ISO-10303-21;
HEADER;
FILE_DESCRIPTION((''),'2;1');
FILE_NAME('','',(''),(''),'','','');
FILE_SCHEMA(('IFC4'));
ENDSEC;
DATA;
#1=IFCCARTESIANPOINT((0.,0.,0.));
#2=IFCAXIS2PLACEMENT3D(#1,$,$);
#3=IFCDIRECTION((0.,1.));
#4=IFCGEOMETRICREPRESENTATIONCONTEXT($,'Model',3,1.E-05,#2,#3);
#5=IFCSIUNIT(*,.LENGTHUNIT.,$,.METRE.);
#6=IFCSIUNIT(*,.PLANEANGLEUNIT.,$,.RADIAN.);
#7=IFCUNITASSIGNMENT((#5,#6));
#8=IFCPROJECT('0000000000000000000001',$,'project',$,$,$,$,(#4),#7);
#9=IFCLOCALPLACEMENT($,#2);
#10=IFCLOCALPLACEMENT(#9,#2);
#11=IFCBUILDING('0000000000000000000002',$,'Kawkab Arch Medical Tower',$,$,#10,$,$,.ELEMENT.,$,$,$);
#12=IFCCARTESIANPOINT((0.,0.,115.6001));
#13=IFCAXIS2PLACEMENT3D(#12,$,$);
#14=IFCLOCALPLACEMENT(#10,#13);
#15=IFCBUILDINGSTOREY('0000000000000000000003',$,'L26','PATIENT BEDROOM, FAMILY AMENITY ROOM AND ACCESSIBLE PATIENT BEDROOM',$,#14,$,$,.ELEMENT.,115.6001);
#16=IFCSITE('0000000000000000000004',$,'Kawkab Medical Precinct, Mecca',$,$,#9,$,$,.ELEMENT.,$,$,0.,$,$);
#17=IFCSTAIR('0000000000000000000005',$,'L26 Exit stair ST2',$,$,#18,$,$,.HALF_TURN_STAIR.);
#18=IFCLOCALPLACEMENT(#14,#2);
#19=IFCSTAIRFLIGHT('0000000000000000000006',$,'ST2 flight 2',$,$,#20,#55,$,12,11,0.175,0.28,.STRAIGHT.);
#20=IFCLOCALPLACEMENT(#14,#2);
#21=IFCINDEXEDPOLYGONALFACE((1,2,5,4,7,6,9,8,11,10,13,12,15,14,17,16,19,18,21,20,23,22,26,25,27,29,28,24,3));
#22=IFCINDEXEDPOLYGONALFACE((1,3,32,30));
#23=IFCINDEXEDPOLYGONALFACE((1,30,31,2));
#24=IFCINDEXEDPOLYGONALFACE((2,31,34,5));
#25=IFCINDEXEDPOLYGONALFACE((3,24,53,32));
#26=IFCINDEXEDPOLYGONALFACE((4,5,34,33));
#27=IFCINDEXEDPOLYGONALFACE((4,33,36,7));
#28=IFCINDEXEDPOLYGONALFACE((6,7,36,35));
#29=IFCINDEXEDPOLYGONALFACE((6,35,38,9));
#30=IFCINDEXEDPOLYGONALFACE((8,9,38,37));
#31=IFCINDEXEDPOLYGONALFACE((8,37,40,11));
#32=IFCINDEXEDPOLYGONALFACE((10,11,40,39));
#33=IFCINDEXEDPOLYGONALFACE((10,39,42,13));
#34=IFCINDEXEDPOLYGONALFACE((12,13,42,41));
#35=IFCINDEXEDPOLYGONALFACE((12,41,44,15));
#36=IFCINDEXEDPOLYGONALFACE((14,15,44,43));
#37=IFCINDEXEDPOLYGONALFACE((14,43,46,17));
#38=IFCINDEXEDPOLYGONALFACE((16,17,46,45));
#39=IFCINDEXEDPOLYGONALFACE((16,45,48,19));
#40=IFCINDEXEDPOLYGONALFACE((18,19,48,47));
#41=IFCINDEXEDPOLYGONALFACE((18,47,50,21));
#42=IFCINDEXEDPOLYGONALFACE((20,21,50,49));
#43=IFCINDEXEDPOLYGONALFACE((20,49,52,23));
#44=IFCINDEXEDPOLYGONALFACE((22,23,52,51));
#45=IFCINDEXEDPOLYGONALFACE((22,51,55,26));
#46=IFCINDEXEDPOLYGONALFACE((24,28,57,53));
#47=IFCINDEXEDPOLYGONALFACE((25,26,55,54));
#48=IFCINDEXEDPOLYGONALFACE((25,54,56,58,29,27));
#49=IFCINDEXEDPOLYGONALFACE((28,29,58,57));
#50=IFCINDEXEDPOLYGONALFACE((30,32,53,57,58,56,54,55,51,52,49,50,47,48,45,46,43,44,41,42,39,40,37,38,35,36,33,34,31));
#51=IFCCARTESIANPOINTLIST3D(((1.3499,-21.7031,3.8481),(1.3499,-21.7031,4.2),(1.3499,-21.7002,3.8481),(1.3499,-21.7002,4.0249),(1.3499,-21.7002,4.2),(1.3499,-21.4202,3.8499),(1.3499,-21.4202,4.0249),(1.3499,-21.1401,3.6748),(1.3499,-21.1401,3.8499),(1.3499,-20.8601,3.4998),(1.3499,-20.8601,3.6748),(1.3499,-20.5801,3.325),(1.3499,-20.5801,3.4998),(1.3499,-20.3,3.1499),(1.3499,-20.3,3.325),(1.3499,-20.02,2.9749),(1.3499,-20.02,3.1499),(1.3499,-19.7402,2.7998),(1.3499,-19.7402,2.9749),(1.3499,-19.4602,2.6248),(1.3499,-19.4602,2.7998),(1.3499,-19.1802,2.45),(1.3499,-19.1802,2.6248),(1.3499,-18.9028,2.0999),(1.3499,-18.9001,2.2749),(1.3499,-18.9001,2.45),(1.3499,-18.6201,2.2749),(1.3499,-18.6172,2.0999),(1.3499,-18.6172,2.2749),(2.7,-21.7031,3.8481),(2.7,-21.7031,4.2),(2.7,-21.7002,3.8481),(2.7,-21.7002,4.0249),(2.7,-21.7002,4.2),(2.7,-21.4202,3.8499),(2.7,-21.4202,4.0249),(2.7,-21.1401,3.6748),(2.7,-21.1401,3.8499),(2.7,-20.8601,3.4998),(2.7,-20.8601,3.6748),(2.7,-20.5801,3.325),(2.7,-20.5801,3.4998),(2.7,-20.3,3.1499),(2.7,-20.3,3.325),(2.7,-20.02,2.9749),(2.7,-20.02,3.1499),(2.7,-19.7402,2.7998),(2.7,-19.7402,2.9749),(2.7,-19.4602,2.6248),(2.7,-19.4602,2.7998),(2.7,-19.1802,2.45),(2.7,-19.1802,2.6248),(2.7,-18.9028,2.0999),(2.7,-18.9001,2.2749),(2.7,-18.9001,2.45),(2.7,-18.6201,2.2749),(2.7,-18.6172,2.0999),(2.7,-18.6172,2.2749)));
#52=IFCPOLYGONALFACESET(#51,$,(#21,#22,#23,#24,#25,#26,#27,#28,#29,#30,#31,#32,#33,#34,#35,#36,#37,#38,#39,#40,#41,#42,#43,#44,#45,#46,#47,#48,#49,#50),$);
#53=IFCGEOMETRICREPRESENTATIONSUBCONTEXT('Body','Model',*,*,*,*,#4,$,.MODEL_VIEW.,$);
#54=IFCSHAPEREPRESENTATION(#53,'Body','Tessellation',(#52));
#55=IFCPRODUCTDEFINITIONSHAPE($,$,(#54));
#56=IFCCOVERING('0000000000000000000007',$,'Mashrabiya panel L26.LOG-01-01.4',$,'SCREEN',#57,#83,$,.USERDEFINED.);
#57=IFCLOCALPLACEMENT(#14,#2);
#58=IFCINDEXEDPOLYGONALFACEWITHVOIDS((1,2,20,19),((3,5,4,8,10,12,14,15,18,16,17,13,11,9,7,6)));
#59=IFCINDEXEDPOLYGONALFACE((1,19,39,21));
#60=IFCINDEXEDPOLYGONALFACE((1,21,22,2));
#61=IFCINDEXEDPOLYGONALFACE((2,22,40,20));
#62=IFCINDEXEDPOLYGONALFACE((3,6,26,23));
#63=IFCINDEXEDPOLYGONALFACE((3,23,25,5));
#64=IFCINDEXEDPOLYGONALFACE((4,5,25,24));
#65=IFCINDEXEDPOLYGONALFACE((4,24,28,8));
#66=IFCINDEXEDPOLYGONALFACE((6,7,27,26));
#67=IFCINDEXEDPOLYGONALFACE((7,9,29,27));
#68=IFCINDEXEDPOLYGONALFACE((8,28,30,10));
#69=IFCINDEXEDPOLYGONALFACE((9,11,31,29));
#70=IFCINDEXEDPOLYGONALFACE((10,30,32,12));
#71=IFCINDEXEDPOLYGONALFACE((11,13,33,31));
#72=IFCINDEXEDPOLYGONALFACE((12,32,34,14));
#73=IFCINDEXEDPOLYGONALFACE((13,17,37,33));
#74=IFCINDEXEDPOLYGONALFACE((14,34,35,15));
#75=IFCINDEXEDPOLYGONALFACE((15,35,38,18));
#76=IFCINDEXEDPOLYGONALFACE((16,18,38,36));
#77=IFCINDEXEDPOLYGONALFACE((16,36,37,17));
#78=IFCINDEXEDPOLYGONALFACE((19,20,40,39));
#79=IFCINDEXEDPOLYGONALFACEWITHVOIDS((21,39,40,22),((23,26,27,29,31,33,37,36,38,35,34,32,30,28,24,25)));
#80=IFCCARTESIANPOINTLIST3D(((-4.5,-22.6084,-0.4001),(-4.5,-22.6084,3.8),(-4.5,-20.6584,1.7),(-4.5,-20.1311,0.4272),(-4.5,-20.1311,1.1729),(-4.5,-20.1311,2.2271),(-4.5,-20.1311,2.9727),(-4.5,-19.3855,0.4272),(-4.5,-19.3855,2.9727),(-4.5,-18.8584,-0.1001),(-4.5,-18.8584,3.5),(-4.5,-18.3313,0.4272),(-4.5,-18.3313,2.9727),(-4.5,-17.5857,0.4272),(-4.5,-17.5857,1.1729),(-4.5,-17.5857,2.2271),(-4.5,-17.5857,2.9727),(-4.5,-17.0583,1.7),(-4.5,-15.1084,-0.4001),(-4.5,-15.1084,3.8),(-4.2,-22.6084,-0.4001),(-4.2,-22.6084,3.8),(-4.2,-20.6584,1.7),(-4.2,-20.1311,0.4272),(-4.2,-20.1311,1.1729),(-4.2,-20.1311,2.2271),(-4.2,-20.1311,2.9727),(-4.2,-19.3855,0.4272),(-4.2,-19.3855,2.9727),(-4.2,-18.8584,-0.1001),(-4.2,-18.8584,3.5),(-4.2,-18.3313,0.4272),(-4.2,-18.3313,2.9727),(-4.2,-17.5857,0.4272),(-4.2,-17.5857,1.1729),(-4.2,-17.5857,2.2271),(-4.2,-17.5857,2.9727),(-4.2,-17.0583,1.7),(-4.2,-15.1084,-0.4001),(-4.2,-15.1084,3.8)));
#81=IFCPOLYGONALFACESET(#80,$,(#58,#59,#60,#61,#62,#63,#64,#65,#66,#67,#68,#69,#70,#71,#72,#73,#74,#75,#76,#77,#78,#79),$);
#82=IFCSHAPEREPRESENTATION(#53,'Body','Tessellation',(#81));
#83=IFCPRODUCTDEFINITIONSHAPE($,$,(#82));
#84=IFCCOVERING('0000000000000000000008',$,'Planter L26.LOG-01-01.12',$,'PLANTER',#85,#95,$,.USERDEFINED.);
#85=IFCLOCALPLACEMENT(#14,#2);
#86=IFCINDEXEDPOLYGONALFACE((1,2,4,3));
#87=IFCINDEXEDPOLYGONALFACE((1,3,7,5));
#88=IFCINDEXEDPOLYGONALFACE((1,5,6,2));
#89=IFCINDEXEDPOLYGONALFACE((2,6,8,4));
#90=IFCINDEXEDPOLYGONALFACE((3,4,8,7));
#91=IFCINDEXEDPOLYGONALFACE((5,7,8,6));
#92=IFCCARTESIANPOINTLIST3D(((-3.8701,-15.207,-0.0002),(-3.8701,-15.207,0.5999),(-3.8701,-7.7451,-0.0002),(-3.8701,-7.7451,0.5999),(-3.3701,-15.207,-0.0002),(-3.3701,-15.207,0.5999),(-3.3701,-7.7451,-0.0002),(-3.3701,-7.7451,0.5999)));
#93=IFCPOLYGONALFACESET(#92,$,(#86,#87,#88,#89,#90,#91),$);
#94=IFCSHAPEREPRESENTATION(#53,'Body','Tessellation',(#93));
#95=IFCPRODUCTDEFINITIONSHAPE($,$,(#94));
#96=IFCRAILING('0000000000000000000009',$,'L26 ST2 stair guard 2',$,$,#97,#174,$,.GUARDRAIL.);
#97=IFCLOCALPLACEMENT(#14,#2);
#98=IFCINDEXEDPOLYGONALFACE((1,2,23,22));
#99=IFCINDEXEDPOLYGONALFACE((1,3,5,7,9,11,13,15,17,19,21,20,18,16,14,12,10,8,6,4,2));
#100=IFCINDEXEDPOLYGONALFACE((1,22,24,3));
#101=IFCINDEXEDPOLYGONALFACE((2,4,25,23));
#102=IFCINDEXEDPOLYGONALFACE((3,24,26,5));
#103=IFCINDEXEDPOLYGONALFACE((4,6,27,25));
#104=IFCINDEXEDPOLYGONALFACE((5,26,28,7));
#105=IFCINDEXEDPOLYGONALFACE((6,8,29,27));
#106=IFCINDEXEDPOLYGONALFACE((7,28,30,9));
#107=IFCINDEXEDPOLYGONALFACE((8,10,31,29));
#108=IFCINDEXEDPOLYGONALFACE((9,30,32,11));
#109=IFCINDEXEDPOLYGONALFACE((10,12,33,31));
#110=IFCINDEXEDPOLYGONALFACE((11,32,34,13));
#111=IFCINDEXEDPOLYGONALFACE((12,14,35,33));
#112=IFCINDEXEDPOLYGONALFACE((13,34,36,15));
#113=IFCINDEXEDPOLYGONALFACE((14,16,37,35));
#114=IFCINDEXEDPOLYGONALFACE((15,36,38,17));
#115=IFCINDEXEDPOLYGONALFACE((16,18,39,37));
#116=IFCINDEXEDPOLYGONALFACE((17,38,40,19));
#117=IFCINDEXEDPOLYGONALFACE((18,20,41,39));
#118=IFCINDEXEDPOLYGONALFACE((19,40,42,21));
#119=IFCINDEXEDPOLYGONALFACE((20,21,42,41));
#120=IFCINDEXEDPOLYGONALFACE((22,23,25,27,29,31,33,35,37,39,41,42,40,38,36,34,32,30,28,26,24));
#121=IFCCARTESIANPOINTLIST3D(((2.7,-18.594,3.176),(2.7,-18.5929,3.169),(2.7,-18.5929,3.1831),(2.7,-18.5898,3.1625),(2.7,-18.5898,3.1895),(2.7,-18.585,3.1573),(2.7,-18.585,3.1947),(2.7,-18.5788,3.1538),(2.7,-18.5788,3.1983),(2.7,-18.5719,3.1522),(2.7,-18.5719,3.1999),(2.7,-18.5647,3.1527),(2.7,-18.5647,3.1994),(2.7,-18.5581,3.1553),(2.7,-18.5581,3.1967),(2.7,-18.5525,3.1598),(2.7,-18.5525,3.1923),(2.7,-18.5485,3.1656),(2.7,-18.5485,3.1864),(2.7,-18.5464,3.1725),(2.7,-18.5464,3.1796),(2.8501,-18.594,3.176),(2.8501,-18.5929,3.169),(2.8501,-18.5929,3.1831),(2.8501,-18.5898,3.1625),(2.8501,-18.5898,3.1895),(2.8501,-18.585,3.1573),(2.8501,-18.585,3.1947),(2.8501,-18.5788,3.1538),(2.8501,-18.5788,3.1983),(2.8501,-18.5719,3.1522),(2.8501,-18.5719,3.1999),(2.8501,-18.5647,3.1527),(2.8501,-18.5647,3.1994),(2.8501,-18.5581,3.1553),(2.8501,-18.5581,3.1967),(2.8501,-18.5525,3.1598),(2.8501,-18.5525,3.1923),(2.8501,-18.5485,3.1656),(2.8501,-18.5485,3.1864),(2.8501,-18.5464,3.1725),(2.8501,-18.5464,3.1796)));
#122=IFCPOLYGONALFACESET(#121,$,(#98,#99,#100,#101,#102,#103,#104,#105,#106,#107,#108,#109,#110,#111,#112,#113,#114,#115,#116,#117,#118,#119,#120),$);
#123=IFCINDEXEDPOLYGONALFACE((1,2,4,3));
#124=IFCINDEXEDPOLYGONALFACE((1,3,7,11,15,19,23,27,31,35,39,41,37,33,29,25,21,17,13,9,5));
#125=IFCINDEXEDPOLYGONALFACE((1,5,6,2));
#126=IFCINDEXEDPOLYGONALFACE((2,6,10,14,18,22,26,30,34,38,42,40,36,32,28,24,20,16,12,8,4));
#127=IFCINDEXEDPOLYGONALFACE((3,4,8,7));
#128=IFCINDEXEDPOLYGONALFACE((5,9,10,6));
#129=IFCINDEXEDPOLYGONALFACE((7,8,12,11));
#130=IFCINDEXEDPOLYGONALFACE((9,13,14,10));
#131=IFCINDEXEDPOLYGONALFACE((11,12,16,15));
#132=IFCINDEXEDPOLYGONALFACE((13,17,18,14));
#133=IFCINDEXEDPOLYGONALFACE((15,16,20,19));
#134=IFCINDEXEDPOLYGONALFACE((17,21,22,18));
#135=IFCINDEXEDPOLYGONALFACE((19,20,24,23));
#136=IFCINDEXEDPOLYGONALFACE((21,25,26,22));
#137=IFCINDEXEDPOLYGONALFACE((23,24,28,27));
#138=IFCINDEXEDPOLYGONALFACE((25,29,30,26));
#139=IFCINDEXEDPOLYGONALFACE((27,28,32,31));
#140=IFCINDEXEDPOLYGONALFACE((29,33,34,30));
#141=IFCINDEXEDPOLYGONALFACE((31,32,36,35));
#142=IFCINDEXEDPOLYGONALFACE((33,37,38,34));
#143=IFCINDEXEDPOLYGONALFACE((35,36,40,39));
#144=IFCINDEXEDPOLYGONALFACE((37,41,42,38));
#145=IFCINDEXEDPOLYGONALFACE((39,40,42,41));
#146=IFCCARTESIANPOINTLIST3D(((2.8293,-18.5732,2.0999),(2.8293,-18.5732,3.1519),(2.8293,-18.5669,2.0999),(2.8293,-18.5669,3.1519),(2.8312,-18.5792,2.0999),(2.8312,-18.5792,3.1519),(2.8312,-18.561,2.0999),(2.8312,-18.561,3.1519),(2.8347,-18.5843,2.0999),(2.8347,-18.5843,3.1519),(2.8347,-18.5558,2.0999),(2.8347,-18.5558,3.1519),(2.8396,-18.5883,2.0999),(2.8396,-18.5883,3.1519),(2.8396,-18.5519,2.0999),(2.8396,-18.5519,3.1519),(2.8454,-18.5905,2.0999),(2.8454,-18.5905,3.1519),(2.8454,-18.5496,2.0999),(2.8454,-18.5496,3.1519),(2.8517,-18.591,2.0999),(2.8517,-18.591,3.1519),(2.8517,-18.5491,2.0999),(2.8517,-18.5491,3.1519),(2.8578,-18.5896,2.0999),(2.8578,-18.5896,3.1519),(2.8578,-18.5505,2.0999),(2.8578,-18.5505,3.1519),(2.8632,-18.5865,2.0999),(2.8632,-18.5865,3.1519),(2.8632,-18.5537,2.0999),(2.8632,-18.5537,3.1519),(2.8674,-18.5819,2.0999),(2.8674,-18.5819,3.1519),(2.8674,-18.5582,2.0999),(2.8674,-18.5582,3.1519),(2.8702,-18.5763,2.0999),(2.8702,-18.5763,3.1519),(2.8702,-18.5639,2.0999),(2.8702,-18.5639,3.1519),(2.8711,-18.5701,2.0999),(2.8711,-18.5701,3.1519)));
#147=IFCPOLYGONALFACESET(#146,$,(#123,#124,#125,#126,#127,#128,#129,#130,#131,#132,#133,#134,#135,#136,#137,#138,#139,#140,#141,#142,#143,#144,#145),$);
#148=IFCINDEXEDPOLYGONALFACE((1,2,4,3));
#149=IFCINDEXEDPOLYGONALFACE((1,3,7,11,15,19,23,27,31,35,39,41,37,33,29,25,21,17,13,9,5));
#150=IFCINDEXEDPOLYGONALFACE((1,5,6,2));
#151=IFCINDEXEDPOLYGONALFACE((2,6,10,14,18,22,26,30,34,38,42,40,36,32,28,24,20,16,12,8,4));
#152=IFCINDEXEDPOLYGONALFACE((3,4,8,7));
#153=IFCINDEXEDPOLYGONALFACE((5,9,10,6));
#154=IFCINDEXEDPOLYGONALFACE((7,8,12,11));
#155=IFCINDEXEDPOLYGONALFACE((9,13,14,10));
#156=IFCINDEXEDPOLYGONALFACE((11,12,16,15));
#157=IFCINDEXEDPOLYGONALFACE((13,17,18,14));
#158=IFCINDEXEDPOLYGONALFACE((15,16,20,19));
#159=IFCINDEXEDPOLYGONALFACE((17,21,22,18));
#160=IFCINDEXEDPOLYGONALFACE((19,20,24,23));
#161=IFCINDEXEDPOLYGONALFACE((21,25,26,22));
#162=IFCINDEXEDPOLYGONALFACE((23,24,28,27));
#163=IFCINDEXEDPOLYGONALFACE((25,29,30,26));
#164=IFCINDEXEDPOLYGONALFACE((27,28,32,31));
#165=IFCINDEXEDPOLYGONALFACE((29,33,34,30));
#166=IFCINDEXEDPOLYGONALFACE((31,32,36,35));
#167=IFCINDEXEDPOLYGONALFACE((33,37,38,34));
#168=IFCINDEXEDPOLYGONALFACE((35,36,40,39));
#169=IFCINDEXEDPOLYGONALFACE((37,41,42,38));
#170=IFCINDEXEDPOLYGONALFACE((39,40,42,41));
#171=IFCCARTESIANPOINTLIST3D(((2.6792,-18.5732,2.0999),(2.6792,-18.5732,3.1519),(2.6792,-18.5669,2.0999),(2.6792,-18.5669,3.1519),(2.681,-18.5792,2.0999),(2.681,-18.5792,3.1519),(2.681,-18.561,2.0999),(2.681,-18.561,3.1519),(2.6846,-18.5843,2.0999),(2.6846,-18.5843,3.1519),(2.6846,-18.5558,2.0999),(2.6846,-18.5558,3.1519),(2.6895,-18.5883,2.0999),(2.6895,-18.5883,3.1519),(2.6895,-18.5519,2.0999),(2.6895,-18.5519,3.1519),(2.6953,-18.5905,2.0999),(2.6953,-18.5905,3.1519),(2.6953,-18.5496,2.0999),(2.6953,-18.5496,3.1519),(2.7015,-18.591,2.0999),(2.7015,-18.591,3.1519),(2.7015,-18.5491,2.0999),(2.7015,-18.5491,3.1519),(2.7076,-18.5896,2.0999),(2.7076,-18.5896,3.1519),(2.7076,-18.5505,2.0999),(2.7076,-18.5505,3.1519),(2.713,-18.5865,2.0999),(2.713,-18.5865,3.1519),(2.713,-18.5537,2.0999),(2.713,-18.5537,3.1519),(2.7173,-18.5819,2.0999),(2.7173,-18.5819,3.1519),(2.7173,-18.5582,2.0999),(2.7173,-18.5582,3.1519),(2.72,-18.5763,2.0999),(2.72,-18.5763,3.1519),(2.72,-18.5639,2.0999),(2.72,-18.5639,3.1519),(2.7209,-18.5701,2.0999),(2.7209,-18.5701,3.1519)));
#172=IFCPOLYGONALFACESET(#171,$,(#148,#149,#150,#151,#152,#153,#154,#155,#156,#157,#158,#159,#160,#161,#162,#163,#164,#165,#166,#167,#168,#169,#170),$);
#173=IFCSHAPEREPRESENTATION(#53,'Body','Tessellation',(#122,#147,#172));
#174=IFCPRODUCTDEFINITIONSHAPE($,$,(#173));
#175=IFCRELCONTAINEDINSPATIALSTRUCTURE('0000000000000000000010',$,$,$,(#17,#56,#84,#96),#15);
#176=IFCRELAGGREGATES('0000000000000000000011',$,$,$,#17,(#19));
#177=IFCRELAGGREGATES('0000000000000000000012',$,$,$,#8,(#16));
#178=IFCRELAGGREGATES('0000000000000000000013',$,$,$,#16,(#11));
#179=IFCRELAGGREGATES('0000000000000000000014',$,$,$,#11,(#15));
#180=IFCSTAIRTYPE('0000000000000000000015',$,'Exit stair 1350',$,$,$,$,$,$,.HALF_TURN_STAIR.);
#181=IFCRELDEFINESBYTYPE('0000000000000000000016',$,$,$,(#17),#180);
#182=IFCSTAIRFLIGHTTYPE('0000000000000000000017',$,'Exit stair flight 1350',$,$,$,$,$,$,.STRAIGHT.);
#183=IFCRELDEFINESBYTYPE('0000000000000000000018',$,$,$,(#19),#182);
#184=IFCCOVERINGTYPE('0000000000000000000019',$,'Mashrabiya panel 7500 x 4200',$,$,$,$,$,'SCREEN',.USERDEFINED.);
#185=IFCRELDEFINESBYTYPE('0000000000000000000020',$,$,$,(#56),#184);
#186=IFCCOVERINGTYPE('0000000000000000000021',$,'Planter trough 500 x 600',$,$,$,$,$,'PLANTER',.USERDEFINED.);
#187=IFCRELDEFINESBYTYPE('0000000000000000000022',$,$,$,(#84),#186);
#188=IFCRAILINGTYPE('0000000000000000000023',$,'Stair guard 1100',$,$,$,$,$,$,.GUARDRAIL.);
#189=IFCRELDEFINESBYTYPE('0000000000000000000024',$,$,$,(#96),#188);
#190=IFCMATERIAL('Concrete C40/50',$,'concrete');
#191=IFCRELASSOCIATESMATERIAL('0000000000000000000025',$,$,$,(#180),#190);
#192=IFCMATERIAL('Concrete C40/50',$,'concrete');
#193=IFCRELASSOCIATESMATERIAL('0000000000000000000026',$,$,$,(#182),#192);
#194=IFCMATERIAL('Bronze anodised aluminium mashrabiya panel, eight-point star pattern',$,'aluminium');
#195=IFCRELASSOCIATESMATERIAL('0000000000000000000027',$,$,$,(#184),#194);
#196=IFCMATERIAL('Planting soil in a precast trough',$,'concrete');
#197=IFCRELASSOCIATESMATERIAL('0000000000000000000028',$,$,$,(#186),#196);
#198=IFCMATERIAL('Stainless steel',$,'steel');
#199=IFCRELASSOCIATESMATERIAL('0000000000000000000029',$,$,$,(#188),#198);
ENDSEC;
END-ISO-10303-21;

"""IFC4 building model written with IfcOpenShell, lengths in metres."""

from ifc_helpers import new_model, si_unit, direction, frame, origin, origin_2d, place, context, subcontext, project, spatial, polyline, rectangle, circle, outline, extrude, material, material_profile, profile_set, type_object, element, aggregate, save


model = new_model("IFC4")

# Units and contexts
model_context = context("Model", 3, precision=1e-05, world=origin(), true_north=direction((0.0, 1.0)))
body_context = subcontext(model_context, "Body", "Model", "MODEL_VIEW")
ifc_project = project(units=[si_unit("LENGTHUNIT", "METRE"), si_unit("PLANEANGLEUNIT", "RADIAN")], contexts=[model_context])

# Site, building, storey
site_placement = place(None, origin())
site = spatial("IfcSite", under=ifc_project, at=site_placement, Name="Kawkab Medical Precinct, Mecca", CompositionType="ELEMENT", RefElevation=0.0)
building_placement = place(site_placement, origin())
building = spatial("IfcBuilding", under=site, at=building_placement, Name="Kawkab Arch Medical Tower", CompositionType="ELEMENT")
storey_placement = place(building_placement, frame((0.0, 0.0, 115.6001)))
storey = spatial("IfcBuildingStorey", under=building, at=storey_placement, Name="L26", Description="PATIENT BEDROOM, FAMILY AMENITY ROOM AND ACCESSIBLE PATIENT BEDROOM", CompositionType="ELEMENT", Elevation=115.6001)

# Shared definitions
placement = place(storey_placement, origin())

# Stair, stair flight
ifc_material_1 = material(Name="Concrete C40/50", Category="concrete")
stair_type = type_object("IfcStairType", Name="Exit stair 1350", PredefinedType="HALF_TURN_STAIR", material=ifc_material_1)
stair = element("IfcStair", 1, at=placement, inside=storey, type_object=stair_type, Name="L26 Exit stair ST2", PredefinedType="HALF_TURN_STAIR")
ifc_material_2 = material(Name="Concrete C40/50", Category="concrete")
stair_flight_type = type_object("IfcStairFlightType", Name="Exit stair flight 1350", PredefinedType="STRAIGHT", material=ifc_material_2)
stair_flight_placement = place(storey_placement, frame((2.0249, -18.6201, 2.0999), z_axis=(0.0, 0.0, 1.0), x_axis=(0.0, -1.0, 0.0)))
stair_flight = element("IfcStairFlight", 2, at=stair_flight_placement, type_object=stair_flight_type, Name="ST2 flight 2", NumberOfRisers=12, NumberOfTreads=11, PredefinedType="STRAIGHT", RiserHeight=0.175, TreadLength=0.28, context=body_context, shape_type="SweptSolid", body=[
    extrude(outline(polyline([(-0.0029, 0.0), (-0.0029, 0.175), (0.0, 0.175), (0.28, 0.175), (0.28, 0.3501), (0.5601, 0.3501), (0.5601, 0.5249), (0.8401, 0.5249), (0.8401, 0.7), (1.1201, 0.7), (1.1201, 0.875), (1.3999, 0.875), (1.3999, 1.05), (1.6799, 1.05), (1.6799, 1.2251), (1.96, 1.2251), (1.96, 1.3999), (2.24, 1.3999), (2.24, 1.575), (2.52, 1.575), (2.52, 1.75), (2.8, 1.75), (2.8, 1.925), (3.0801, 1.925), (3.0801, 2.1001), (3.083, 2.1001), (3.083, 1.7483), (3.0801, 1.7483), (0.2827, 0.0), (-0.0029, 0.0)])), frame((0.0, 0.675, 0.0), z_axis=(0.0, -1.0, 0.0), x_axis=(1.0, 0.0, 0.0)), (0.0, 0.0, 1.0), 1.3501),
])
aggregate(stair, [stair_flight])

# Coverings
ifc_material_3 = material(Name="Bronze anodised aluminium mashrabiya panel, eight-point star pattern", Category="aluminium")
ifc_material_profile_1 = material_profile(ifc_material_3, outline(polyline([(-3.75, -2.1001), (3.75, -2.1001), (3.75, 2.1001), (-3.75, 2.1001), (-3.75, -2.1001)]), holes=[polyline([(1.8, 0.0), (1.2727, 0.5271), (1.2727, 1.2727), (0.5271, 1.2727), (0.0, 1.8), (-0.5271, 1.2727), (-1.2727, 1.2727), (-1.2727, 0.5271), (-1.8, 0.0), (-1.2727, -0.5271), (-1.2727, -1.2727), (-0.5271, -1.2727), (0.0, -1.8), (0.5271, -1.2727), (1.2727, -1.2727), (1.2727, -0.5271), (1.8, 0.0)])]), Name="Mashrabiya panel 7500x4200")
ifc_profile_set_1 = profile_set([ifc_material_profile_1], Name="Bronze anodised aluminium mashrabiya panel, eight-point star pattern")
covering_type_1 = type_object("IfcCoveringType", Name="Mashrabiya panel 7500 x 4200", ElementType="SCREEN", PredefinedType="USERDEFINED", material=ifc_profile_set_1)
covering_1_placement = place(storey_placement, frame((-4.2, -18.8584, 1.7), z_axis=(-1.0, 0.0, 0.0), x_axis=(0.0, -1.0, 0.0)))
element("IfcCovering", 3, at=covering_1_placement, inside=storey, type_object=covering_type_1, Name="Mashrabiya panel L26.LOG-01-01.4", ObjectType="SCREEN", PredefinedType="USERDEFINED", context=body_context, shape_type="SweptSolid", body=[
    extrude(outline(polyline([(-3.75, -2.1001), (3.75, -2.1001), (3.75, 2.1001), (-3.75, 2.1001), (-3.75, -2.1001)]), holes=[polyline([(1.8, 0.0), (1.2727, 0.5271), (1.2727, 1.2727), (0.5271, 1.2727), (0.0, 1.8), (-0.5271, 1.2727), (-1.2727, 1.2727), (-1.2727, 0.5271), (-1.8, 0.0), (-1.2727, -0.5271), (-1.2727, -1.2727), (-0.5271, -1.2727), (0.0, -1.8), (0.5271, -1.2727), (1.2727, -1.2727), (1.2727, -0.5271), (1.8, 0.0)])]), origin(), (0.0, 0.0, 1.0), 0.3),
])
ifc_material_4 = material(Name="Planting soil in a precast trough", Category="concrete")
ifc_material_profile_2 = material_profile(ifc_material_4, rectangle(XDim=0.5, YDim=0.6001, at=origin_2d()), Name="Trough 500x600")
ifc_profile_set_2 = profile_set([ifc_material_profile_2], Name="Planting soil in a precast trough")
covering_type_2 = type_object("IfcCoveringType", Name="Planter trough 500 x 600", ElementType="PLANTER", PredefinedType="USERDEFINED", material=ifc_profile_set_2)
covering_2_placement = place(storey_placement, frame((-3.6201, -15.207, 0.2998), z_axis=(0.0, 1.0, 0.0), x_axis=(-1.0, 0.0, 0.0)))
element("IfcCovering", 4, at=covering_2_placement, inside=storey, type_object=covering_type_2, Name="Planter L26.LOG-01-01.12", ObjectType="PLANTER", PredefinedType="USERDEFINED", context=body_context, shape_type="SweptSolid", body=[
    extrude(rectangle(XDim=0.5, YDim=0.6001, at=origin_2d()), origin(), (0.0, 0.0, 1.0), 7.4619),
])

# Railing
ifc_material_5 = material(Name="Stainless steel", Category="steel")
railing_type = type_object("IfcRailingType", Name="Stair guard 1100", PredefinedType="GUARDRAIL", material=ifc_material_5)
railing_1_placement = place(storey_placement, frame((2.8501, -18.5701, 2.0999)))
element("IfcRailing", 5, at=railing_1_placement, inside=storey, type_object=railing_type, Name="L26 ST2 stair guard 2", PredefinedType="GUARDRAIL", context=body_context, shape_type="SweptSolid", body=[
    extrude(circle(Radius=0.0239, at=origin_2d()), frame((0.0, 0.0, 1.0762), z_axis=(-1.0, 0.0, 0.0), x_axis=(0.0, -1.0, 0.0)), (0.0, 0.0, 1.0), 0.1501),
    extrude(circle(Radius=0.021, at=origin_2d()), origin(), (0.0, 0.0, 1.0), 1.052),
    extrude(circle(Radius=0.021, at=origin_2d()), frame((-0.1501, 0.0, 0.0)), (0.0, 0.0, 1.0), 1.052),
])

save(model, "model.ifc")
